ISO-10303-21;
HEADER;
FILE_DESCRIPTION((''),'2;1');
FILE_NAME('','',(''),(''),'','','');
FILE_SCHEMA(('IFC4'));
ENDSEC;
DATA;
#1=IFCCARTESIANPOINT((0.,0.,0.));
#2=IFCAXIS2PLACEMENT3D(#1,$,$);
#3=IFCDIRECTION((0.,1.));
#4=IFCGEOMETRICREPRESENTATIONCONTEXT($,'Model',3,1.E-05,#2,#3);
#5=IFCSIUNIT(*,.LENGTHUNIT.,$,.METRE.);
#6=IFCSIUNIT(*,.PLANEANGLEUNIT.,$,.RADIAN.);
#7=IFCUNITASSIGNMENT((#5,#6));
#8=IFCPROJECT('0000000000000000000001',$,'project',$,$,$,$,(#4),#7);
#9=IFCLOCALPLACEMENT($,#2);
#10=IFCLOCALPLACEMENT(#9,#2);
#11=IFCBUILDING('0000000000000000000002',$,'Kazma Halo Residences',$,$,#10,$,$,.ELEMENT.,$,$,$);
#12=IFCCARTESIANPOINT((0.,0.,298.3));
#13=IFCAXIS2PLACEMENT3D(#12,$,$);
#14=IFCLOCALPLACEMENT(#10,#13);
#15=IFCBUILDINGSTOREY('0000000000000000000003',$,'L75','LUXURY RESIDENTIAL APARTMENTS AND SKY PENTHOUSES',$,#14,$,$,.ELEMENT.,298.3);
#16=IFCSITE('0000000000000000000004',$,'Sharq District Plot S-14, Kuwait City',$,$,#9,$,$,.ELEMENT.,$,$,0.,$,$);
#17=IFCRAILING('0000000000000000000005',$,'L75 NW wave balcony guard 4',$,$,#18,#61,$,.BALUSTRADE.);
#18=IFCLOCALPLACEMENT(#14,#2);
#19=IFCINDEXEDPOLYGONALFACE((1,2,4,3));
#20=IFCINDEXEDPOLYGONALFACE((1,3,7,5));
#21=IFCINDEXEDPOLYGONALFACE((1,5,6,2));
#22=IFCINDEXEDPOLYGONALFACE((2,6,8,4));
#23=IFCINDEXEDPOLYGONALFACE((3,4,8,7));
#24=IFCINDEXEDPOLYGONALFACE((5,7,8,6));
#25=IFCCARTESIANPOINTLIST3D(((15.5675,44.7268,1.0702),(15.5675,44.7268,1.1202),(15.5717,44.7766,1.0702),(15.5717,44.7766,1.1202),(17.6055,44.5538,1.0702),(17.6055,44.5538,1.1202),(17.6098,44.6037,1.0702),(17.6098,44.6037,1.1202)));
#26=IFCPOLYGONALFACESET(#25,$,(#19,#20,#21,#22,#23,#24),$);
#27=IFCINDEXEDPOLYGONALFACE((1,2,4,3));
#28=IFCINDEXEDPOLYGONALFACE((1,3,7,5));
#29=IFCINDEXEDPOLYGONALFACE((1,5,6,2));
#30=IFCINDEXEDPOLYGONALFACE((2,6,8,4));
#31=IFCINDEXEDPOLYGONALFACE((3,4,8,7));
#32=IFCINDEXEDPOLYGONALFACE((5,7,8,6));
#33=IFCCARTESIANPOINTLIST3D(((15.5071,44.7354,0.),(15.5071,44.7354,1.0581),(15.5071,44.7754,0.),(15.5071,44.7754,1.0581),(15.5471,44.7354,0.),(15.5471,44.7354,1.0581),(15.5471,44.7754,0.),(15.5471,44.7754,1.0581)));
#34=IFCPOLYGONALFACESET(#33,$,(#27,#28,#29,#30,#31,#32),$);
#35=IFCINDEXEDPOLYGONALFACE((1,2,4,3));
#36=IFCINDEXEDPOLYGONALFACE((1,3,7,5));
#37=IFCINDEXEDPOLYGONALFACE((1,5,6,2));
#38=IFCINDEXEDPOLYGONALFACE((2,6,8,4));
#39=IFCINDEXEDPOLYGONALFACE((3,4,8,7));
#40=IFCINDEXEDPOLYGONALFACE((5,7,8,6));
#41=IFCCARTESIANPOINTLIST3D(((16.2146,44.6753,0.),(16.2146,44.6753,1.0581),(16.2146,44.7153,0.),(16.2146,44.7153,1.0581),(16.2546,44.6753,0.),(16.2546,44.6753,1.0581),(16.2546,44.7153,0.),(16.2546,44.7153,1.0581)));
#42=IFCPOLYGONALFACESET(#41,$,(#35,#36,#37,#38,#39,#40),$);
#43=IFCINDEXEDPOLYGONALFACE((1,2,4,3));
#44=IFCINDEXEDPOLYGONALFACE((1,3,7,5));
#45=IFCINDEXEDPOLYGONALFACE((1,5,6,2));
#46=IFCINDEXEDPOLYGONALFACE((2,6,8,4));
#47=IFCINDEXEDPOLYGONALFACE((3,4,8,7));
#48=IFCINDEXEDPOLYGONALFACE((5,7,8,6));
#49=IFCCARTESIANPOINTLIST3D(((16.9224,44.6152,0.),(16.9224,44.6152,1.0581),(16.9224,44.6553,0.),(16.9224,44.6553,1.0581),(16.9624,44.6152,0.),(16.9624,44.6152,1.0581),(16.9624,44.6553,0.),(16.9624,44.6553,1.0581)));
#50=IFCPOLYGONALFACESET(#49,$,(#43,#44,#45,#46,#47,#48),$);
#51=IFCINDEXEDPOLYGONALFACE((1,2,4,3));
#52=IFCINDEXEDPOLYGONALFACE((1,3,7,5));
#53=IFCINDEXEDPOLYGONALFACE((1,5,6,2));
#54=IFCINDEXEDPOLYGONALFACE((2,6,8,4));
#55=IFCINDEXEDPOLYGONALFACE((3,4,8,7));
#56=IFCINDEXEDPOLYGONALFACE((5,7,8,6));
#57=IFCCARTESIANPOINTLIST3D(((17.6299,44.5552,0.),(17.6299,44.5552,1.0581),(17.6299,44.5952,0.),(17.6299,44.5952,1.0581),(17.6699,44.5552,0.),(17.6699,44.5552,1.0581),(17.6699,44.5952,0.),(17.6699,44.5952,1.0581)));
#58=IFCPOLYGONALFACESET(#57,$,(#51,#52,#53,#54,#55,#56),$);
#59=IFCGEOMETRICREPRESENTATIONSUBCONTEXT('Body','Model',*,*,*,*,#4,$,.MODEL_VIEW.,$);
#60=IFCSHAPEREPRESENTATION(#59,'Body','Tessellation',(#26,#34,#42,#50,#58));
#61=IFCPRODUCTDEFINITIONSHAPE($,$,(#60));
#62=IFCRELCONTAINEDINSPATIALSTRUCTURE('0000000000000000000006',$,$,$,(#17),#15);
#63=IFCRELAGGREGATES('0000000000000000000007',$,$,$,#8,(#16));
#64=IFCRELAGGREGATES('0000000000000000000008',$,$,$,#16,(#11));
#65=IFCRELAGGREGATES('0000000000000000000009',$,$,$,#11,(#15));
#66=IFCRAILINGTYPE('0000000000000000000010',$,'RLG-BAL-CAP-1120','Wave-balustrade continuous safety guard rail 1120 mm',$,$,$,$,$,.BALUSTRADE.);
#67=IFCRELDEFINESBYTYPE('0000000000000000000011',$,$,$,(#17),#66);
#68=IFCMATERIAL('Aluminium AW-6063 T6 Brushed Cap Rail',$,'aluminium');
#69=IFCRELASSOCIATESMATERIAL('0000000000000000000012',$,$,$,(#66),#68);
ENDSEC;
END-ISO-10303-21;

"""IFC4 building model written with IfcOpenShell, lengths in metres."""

from ifc_helpers import new_model, si_unit, direction, frame, origin, origin_2d, place, context, subcontext, project, spatial, rectangle, extrude, material, type_object, element, save


model = new_model("IFC4")

# Units and contexts
model_context = context("Model", 3, precision=1e-05, world=origin(), true_north=direction((0.0, 1.0)))
body_context = subcontext(model_context, "Body", "Model", "MODEL_VIEW")
ifc_project = project(units=[si_unit("LENGTHUNIT", "METRE"), si_unit("PLANEANGLEUNIT", "RADIAN")], contexts=[model_context])

# Site, building, storey
site_placement = place(None, origin())
site = spatial("IfcSite", under=ifc_project, at=site_placement, Name="Sharq District Plot S-14, Kuwait City", CompositionType="ELEMENT", RefElevation=0.0)
building_placement = place(site_placement, origin())
building = spatial("IfcBuilding", under=site, at=building_placement, Name="Kazma Halo Residences", CompositionType="ELEMENT")
storey_placement = place(building_placement, frame((0.0, 0.0, 298.3)))
storey = spatial("IfcBuildingStorey", under=building, at=storey_placement, Name="L75", Description="LUXURY RESIDENTIAL APARTMENTS AND SKY PENTHOUSES", CompositionType="ELEMENT", Elevation=298.3)

# Railing
ifc_material_1 = material(Name="Aluminium AW-6063 T6 Brushed Cap Rail", Category="aluminium")
railing_type = type_object("IfcRailingType", Name="RLG-BAL-CAP-1120", Description="Wave-balustrade continuous safety guard rail 1120 mm", PredefinedType="BALUSTRADE", material=ifc_material_1)
railing_placement = place(storey_placement, frame((15.5271, 44.7554, 0.0)))
element("IfcRailing", 1, at=railing_placement, inside=storey, type_object=railing_type, Name="L75 NW wave balcony guard 4", PredefinedType="BALUSTRADE", context=body_context, shape_type="SweptSolid", body=[
    extrude(rectangle(XDim=0.05, YDim=0.05, at=origin_2d()), frame((0.0425, -0.0037, 1.0952), z_axis=(0.996417, -0.084572, 0.0), x_axis=(0.084572, 0.996417, 0.0)), (0.0, 0.0, 1.0), 2.0454),
    extrude(rectangle(XDim=0.04, YDim=0.04, at=origin_2d()), origin(), (0.0, 0.0, 1.0), 1.0581),
    extrude(rectangle(XDim=0.04, YDim=0.04, at=origin_2d()), frame((0.7075, -0.0601, 0.0)), (0.0, 0.0, 1.0), 1.0581),
    extrude(rectangle(XDim=0.04, YDim=0.04, at=origin_2d()), frame((1.4153, -0.1201, 0.0)), (0.0, 0.0, 1.0), 1.0581),
    extrude(rectangle(XDim=0.04, YDim=0.04, at=origin_2d()), frame((2.1228, -0.1802, 0.0)), (0.0, 0.0, 1.0), 1.0581),
])

save(model, "model.ifc")
